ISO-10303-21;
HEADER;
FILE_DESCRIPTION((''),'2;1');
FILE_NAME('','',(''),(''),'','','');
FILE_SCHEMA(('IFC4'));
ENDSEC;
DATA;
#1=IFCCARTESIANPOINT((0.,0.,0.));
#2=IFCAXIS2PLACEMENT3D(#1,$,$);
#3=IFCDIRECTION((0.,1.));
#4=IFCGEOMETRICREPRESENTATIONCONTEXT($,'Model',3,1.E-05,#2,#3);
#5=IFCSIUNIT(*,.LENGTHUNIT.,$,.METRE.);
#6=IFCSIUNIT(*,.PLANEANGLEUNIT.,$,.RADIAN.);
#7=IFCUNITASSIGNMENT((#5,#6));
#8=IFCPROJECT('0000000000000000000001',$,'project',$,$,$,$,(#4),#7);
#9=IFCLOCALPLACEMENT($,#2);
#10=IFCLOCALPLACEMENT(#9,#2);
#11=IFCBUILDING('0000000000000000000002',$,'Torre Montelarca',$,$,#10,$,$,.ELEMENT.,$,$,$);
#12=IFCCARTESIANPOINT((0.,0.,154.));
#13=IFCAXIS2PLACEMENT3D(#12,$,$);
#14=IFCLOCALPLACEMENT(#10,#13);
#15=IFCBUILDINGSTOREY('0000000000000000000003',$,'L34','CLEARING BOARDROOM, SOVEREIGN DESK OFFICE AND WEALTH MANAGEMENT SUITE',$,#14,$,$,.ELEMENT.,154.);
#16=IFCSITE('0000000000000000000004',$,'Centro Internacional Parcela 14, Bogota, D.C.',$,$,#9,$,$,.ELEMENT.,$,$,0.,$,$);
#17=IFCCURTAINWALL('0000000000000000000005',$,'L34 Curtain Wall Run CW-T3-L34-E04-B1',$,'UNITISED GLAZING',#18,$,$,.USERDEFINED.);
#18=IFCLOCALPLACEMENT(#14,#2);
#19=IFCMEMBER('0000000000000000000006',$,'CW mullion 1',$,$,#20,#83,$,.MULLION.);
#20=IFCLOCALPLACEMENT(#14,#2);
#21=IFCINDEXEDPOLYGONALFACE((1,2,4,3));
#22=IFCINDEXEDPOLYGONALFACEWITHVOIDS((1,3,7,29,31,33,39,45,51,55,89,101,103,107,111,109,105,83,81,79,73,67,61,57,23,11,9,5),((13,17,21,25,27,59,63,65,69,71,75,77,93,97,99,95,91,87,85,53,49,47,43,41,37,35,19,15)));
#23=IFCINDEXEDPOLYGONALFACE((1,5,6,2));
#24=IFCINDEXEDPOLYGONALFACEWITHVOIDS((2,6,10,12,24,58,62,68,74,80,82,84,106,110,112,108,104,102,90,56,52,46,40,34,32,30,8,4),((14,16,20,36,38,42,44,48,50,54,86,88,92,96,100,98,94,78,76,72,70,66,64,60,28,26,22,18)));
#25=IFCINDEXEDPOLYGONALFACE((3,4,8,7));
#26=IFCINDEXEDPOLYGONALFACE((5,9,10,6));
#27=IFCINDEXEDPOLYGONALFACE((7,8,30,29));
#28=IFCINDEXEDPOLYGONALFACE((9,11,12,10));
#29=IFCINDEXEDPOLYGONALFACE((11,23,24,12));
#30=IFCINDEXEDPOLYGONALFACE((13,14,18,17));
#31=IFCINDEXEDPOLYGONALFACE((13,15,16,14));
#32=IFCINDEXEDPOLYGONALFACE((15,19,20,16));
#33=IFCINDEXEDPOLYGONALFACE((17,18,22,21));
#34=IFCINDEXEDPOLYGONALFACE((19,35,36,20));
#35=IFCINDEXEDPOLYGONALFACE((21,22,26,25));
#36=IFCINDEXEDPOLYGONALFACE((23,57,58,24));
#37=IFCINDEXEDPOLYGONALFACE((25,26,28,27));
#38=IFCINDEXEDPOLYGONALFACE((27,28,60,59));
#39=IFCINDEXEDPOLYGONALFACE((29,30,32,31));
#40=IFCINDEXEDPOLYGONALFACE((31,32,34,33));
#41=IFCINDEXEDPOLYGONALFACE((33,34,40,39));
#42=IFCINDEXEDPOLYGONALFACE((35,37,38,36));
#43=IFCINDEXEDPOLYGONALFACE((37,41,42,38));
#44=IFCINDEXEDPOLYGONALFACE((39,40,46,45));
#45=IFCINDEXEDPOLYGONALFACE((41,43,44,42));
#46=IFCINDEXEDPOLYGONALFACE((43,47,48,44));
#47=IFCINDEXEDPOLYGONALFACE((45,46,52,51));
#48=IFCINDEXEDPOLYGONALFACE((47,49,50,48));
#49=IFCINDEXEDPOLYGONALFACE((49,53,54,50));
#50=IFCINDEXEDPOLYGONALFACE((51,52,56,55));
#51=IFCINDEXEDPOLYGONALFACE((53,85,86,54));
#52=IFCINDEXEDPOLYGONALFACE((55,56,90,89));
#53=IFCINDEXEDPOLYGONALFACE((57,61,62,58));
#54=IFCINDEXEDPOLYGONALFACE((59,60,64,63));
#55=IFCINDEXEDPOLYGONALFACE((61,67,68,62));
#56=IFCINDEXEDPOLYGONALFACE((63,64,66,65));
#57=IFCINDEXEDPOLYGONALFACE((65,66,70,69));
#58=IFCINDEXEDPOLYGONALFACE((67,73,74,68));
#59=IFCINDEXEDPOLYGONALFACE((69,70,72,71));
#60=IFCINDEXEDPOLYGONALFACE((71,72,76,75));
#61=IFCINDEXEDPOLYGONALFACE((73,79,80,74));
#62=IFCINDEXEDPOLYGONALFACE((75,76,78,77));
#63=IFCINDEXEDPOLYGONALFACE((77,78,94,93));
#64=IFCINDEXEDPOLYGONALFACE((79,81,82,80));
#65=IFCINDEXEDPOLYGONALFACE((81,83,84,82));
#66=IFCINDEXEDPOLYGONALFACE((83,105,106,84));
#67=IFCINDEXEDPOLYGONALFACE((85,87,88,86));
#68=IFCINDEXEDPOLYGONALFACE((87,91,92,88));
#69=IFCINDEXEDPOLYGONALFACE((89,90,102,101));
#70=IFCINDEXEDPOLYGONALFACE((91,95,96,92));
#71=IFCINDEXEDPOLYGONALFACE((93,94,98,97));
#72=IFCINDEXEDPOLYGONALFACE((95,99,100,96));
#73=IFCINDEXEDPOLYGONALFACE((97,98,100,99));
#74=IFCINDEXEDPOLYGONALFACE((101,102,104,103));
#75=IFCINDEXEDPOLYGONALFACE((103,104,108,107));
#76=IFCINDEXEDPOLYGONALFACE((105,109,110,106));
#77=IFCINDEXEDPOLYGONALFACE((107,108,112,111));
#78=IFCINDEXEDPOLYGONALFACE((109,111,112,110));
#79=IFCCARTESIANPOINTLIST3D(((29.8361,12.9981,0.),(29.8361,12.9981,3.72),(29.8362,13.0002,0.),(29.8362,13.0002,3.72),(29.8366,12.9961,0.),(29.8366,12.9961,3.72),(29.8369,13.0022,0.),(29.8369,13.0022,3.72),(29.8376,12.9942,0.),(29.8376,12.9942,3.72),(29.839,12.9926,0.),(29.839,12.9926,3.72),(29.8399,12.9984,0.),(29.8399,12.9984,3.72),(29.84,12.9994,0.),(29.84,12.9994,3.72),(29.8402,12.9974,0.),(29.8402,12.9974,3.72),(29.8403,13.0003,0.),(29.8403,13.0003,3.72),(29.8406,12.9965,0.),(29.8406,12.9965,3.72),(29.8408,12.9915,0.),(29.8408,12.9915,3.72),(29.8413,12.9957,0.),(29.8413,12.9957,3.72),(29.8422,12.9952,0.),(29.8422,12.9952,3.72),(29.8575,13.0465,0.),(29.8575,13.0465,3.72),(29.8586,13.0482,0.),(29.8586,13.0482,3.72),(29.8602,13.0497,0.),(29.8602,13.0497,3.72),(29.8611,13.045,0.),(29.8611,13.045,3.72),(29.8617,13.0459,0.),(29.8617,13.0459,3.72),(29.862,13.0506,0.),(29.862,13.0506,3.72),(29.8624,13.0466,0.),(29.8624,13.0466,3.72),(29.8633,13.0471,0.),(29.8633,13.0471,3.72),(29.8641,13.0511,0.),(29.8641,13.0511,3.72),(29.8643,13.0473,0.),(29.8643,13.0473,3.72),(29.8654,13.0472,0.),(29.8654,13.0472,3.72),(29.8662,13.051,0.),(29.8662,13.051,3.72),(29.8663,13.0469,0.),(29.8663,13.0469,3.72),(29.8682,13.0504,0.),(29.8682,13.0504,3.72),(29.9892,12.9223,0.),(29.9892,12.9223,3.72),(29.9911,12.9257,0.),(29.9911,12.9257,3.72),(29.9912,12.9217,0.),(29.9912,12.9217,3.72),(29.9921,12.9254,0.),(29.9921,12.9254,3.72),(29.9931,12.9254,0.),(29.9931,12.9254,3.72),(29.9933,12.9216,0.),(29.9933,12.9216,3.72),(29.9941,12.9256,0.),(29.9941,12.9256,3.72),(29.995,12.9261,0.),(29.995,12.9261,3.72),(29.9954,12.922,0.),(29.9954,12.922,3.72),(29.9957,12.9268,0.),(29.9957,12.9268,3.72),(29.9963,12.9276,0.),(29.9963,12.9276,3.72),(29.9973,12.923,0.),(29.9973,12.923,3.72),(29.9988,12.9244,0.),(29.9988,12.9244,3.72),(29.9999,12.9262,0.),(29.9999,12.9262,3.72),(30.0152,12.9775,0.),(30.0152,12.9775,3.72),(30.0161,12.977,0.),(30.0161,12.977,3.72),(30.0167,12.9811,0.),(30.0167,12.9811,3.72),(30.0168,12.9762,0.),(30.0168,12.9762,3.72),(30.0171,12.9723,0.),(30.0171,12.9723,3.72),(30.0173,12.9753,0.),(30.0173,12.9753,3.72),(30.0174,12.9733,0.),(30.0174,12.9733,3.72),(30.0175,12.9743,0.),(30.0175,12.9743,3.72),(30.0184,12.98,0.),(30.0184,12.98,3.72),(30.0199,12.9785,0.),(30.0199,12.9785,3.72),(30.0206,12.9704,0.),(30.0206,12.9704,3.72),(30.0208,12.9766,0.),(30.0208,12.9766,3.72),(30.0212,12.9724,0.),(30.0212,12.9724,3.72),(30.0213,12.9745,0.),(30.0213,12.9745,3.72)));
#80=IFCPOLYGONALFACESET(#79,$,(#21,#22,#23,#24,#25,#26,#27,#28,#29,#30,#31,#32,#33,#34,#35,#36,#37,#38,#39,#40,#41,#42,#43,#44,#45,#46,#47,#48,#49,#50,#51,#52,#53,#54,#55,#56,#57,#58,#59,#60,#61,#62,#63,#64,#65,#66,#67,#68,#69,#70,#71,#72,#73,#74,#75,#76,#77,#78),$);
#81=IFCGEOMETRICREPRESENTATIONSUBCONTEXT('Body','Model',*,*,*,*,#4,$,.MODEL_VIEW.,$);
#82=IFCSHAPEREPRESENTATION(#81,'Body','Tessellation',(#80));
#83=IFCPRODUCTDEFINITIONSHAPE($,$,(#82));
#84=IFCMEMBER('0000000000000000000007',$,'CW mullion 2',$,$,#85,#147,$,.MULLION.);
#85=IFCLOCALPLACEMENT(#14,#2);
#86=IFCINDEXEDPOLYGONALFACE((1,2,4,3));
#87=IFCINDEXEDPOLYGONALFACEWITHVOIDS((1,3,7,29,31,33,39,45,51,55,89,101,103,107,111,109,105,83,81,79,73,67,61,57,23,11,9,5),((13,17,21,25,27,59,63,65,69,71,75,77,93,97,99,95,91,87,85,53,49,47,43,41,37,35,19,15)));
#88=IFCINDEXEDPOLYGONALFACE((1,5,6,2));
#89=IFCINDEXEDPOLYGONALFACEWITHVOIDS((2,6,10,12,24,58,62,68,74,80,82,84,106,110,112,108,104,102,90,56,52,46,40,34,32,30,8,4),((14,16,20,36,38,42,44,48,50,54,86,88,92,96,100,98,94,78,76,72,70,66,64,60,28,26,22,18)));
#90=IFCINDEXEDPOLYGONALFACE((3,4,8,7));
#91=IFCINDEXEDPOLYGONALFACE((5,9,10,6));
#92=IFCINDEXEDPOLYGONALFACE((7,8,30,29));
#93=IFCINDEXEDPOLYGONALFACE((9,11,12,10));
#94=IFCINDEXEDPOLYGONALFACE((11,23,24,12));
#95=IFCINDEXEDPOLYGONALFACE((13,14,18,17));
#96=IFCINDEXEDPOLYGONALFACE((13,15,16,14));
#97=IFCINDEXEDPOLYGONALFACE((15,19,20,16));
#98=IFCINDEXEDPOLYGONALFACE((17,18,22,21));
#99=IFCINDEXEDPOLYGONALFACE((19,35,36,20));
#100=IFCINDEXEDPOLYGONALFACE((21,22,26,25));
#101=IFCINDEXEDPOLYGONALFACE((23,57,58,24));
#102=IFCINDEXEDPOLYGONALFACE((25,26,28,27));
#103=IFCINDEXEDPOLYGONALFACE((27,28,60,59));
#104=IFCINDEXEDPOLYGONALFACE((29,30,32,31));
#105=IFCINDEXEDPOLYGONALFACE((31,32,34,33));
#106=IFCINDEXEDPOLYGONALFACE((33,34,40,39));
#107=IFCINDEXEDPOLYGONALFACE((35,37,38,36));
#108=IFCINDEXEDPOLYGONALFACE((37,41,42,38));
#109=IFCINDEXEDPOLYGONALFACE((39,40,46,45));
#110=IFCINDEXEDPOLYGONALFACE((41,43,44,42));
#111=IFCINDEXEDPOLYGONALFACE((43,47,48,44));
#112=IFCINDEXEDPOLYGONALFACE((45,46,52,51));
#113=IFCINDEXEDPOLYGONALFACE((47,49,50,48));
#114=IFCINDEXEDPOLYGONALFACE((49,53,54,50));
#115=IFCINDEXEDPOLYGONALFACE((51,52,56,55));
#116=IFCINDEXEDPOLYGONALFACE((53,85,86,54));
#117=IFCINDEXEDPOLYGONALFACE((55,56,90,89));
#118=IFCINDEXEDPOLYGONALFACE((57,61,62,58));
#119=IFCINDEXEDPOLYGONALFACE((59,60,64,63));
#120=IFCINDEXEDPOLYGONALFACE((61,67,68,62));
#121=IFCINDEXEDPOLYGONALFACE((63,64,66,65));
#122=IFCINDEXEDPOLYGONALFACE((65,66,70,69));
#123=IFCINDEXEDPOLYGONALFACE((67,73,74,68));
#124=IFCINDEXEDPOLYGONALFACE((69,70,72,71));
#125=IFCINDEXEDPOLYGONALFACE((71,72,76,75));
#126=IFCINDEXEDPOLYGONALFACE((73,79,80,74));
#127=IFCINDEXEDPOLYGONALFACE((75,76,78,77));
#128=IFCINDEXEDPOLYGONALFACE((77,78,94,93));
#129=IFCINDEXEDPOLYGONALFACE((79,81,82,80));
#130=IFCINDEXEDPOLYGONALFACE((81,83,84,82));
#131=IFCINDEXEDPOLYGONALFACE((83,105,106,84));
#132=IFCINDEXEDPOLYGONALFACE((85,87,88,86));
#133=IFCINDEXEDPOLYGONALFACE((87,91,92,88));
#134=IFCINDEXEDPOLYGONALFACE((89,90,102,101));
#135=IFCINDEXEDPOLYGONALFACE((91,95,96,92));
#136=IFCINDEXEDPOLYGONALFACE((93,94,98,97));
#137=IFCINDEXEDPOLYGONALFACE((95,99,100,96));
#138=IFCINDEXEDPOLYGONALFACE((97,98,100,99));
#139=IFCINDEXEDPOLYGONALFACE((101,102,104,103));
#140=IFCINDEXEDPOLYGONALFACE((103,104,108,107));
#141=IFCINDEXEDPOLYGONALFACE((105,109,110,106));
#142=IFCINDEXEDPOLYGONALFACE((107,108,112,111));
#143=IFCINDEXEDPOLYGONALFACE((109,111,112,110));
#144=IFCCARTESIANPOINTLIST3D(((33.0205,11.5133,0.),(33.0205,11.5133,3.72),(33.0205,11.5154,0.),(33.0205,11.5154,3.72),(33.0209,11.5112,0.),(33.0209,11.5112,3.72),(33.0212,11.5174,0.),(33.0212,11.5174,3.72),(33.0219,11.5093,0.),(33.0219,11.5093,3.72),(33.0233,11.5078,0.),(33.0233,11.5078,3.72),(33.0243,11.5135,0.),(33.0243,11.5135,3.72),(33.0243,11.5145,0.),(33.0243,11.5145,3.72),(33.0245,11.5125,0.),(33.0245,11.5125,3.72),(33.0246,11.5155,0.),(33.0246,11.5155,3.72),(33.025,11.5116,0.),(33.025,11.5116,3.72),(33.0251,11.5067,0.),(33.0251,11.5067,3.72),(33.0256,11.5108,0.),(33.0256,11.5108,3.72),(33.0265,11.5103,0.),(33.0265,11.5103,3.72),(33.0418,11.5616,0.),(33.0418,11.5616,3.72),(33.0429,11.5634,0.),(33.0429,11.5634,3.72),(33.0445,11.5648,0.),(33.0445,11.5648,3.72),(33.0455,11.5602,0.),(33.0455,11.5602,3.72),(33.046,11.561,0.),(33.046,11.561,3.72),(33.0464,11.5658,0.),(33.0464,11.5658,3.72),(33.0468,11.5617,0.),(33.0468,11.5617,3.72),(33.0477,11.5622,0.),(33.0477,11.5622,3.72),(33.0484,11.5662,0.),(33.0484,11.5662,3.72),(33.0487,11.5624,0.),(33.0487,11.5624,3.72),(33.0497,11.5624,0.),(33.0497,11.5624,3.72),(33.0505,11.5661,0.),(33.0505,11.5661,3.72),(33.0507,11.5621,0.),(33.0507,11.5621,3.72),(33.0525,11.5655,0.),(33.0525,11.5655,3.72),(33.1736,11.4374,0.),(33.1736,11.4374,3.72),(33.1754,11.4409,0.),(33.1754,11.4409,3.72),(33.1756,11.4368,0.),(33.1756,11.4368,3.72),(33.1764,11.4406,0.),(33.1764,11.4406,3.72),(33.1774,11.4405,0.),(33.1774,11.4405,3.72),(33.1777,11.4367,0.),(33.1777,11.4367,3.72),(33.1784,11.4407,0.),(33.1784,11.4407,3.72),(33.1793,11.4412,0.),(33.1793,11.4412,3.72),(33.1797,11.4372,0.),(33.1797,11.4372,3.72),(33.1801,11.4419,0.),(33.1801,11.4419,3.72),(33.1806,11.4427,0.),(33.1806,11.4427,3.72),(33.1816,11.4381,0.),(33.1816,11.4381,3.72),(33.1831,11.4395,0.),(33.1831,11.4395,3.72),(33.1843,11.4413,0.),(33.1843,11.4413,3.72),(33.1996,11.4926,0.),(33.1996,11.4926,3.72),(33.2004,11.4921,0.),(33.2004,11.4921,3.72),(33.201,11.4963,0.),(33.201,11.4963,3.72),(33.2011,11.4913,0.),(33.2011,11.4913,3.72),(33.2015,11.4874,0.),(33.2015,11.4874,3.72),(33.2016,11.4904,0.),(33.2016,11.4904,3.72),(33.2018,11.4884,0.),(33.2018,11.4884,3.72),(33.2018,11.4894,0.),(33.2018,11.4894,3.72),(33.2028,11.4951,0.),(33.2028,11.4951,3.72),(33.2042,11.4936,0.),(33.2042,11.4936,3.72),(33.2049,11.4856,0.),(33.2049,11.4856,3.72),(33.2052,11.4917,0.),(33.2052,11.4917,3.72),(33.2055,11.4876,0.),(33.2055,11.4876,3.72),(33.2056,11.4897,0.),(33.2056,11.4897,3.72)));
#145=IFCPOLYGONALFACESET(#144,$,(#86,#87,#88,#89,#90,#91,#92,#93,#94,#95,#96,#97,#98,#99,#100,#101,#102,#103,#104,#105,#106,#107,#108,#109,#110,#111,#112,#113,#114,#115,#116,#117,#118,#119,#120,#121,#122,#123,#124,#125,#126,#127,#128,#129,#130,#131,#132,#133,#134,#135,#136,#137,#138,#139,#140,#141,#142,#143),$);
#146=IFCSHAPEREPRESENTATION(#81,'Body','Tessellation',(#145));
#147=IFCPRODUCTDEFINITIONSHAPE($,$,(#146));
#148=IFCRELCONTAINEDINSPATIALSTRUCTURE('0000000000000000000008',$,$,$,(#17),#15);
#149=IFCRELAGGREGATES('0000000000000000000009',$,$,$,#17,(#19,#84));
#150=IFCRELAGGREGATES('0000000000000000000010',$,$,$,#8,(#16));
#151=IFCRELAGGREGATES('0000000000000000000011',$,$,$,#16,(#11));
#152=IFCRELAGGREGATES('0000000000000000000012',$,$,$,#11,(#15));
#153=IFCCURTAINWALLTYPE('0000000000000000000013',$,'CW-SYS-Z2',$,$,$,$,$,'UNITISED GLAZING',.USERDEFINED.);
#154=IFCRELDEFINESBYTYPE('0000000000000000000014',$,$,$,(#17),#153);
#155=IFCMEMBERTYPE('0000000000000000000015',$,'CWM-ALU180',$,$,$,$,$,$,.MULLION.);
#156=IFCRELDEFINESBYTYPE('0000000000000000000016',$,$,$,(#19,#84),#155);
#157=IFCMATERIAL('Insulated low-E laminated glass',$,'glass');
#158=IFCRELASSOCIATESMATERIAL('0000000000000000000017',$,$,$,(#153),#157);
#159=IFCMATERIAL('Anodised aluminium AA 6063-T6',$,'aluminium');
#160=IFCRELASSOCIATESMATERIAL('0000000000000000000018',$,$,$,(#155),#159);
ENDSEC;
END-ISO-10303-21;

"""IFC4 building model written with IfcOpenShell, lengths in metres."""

from ifc_helpers import new_model, si_unit, direction, frame, origin, origin_2d, place, context, subcontext, project, spatial, hollow_rectangle, extrude, source, transform, mapped, material, material_profile, profile_set, type_object, element, aggregate, save


model = new_model("IFC4")

# Units and contexts
model_context = context("Model", 3, precision=1e-05, world=origin(), true_north=direction((0.0, 1.0)))
body_context = subcontext(model_context, "Body", "Model", "MODEL_VIEW")
ifc_project = project(units=[si_unit("LENGTHUNIT", "METRE"), si_unit("PLANEANGLEUNIT", "RADIAN")], contexts=[model_context])

# Site, building, storey
site_placement = place(None, origin())
site = spatial("IfcSite", under=ifc_project, at=site_placement, Name="Centro Internacional Parcela 14, Bogota, D.C.", CompositionType="ELEMENT", RefElevation=0.0)
building_placement = place(site_placement, origin())
building = spatial("IfcBuilding", under=site, at=building_placement, Name="Torre Montelarca", CompositionType="ELEMENT")
storey_placement = place(building_placement, frame((0.0, 0.0, 154.0)))
storey = spatial("IfcBuildingStorey", under=building, at=storey_placement, Name="L34", Description="CLEARING BOARDROOM, SOVEREIGN DESK OFFICE AND WEALTH MANAGEMENT SUITE", CompositionType="ELEMENT", Elevation=154.0)

# Shared definitions
ifc_material_1 = material(Name="Insulated low-E laminated glass", Category="glass")
curtain_wall_type = type_object("IfcCurtainWallType", Name="CW-SYS-Z2", ElementType="UNITISED GLAZING", PredefinedType="USERDEFINED", material=ifc_material_1)
ifc_material_2 = material(Name="Anodised aluminium AA 6063-T6", Category="aluminium")

# Shared definitions
ifc_material_profile_1 = material_profile(ifc_material_2, hollow_rectangle(XDim=0.0649, YDim=0.1799, WallThickness=0.0039, InnerFilletRadius=0.0039, OuterFilletRadius=0.0081, at=origin_2d()), Name="ALU65X180X4", Category="aluminium")
ifc_profile_set_1 = profile_set([ifc_material_profile_1], Name="Anodised aluminium AA 6063-T6")
member_type_1 = type_object("IfcMemberType", Name="CWM-ALU180", PredefinedType="MULLION", material=ifc_profile_set_1)
shared_shape_1 = source(origin(), body_context, "Body", "SweptSolid", [
    extrude(hollow_rectangle(XDim=0.0649, YDim=0.1799, WallThickness=0.0039, InnerFilletRadius=0.0039, OuterFilletRadius=0.0081, at=origin_2d()), origin(), (0.0, 0.0, 1.0), 3.72),
])

# Curtain wall, members
curtain_wall_1_placement = place(storey_placement, origin())
curtain_wall_1 = element("IfcCurtainWall", 1, at=curtain_wall_1_placement, inside=storey, type_object=curtain_wall_type, Name="L34 Curtain Wall Run CW-T3-L34-E04-B1", ObjectType="UNITISED GLAZING", PredefinedType="USERDEFINED")
member_1_placement = place(storey_placement, frame((29.9287, 12.9863, 0.0), z_axis=(0.0, 0.0, 1.0), x_axis=(0.422602, 0.906315, 0.0)))
member_1 = element("IfcMember", 2, at=member_1_placement, type_object=member_type_1, Name="CW mullion 1", PredefinedType="MULLION", context=body_context, shape_type="MappedRepresentation", body=[
    mapped(shared_shape_1, transform((0.0, 0.0, 0.0), scale=1.0)),
])
member_2_placement = place(storey_placement, frame((33.113, 11.5015, 0.0), z_axis=(0.0, 0.0, 1.0), x_axis=(0.422602, 0.906315, 0.0)))
member_2 = element("IfcMember", 3, at=member_2_placement, type_object=member_type_1, Name="CW mullion 2", PredefinedType="MULLION", context=body_context, shape_type="MappedRepresentation", body=[
    mapped(shared_shape_1, transform((0.0, 0.0, 0.0), scale=1.0)),
])
aggregate(curtain_wall_1, [member_1, member_2])

save(model, "model.ifc")
